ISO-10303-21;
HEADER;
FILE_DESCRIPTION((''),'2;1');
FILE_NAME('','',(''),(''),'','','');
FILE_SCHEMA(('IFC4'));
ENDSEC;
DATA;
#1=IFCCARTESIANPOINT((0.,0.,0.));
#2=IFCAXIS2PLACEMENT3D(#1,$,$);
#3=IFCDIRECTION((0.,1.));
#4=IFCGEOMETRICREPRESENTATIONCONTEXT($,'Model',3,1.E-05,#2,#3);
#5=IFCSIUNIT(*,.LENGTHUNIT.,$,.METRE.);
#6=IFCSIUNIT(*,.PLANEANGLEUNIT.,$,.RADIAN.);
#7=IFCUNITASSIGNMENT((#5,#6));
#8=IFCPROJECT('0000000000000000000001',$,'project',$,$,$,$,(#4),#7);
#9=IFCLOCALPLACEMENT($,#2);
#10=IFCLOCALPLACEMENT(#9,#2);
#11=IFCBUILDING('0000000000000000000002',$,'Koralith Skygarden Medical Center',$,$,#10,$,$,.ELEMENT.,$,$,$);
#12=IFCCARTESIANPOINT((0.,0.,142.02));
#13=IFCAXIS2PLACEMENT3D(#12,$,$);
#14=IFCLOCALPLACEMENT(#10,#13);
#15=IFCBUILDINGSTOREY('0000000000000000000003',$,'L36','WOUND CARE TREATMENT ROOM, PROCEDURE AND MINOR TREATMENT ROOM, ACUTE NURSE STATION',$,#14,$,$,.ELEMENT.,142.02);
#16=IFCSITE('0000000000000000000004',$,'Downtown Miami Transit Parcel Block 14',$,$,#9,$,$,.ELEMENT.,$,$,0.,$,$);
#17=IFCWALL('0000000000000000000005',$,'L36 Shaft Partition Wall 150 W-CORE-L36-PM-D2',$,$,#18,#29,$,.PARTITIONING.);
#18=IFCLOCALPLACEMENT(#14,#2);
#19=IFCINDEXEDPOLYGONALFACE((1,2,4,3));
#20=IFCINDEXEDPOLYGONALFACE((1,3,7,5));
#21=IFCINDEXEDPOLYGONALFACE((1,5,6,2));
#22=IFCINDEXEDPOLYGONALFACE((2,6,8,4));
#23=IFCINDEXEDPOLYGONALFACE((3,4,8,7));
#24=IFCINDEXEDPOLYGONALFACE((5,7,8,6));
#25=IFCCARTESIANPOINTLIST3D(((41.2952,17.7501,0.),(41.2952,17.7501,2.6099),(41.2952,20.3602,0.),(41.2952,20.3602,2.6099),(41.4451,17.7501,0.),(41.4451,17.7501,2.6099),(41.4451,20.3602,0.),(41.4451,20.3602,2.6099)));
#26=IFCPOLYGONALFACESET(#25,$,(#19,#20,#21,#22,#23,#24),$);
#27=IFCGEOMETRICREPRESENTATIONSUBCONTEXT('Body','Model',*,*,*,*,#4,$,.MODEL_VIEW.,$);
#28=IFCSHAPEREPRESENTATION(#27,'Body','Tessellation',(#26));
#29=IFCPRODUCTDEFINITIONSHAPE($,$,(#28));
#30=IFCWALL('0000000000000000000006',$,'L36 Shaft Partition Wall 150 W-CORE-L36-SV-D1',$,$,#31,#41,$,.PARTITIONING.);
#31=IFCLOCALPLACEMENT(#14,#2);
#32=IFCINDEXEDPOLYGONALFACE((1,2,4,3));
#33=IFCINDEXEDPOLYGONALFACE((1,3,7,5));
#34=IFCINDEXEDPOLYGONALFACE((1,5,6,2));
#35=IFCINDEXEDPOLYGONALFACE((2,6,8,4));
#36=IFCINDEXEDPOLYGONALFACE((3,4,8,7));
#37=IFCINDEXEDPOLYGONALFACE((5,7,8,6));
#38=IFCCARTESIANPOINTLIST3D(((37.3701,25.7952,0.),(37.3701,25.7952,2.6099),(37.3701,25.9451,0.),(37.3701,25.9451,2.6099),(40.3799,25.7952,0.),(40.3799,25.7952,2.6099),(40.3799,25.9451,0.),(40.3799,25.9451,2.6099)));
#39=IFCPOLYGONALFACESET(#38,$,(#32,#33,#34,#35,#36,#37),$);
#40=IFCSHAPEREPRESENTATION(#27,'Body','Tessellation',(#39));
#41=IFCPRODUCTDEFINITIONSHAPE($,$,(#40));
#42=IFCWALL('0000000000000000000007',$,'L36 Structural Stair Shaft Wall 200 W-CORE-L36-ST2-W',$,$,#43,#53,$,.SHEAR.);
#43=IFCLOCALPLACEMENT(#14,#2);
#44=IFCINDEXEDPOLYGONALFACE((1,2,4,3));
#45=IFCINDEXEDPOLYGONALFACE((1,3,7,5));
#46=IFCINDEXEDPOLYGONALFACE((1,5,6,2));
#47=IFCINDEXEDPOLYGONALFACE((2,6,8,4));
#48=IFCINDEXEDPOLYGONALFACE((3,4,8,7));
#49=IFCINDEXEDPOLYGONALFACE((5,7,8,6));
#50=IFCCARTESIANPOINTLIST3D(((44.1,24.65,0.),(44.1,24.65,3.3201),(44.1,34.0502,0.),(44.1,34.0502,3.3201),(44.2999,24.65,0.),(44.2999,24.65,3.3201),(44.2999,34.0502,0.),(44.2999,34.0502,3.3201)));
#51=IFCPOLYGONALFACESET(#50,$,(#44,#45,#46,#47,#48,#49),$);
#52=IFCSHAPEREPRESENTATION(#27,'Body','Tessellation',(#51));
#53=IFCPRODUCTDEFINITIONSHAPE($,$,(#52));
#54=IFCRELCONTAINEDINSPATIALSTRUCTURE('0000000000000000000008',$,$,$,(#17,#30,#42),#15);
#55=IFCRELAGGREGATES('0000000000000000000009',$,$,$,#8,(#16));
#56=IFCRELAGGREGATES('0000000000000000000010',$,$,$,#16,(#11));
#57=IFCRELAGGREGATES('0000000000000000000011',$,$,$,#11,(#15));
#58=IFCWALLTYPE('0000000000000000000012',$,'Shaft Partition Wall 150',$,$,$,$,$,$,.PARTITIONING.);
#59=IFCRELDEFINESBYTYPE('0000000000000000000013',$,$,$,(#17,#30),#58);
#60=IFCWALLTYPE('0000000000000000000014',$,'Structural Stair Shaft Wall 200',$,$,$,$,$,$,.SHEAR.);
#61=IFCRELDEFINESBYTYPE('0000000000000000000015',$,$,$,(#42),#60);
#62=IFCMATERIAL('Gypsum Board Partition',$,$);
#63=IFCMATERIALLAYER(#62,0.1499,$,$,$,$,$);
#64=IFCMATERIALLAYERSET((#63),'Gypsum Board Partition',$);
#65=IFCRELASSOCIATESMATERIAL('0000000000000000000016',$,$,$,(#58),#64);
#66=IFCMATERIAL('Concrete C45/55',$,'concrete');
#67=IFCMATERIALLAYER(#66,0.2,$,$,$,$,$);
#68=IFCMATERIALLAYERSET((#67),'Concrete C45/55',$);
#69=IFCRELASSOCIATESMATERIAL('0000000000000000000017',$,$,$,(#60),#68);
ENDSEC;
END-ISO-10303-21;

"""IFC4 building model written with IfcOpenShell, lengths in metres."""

from ifc_helpers import new_model, si_unit, direction, frame, frame_2d, origin, place, context, subcontext, project, spatial, rectangle, extrude, material, layer, layer_set, type_object, element, save


model = new_model("IFC4")

# Units and contexts
model_context = context("Model", 3, precision=1e-05, world=origin(), true_north=direction((0.0, 1.0)))
body_context = subcontext(model_context, "Body", "Model", "MODEL_VIEW")
ifc_project = project(units=[si_unit("LENGTHUNIT", "METRE"), si_unit("PLANEANGLEUNIT", "RADIAN")], contexts=[model_context])

# Site, building, storey
site_placement = place(None, origin())
site = spatial("IfcSite", under=ifc_project, at=site_placement, Name="Downtown Miami Transit Parcel Block 14", CompositionType="ELEMENT", RefElevation=0.0)
building_placement = place(site_placement, origin())
building = spatial("IfcBuilding", under=site, at=building_placement, Name="Koralith Skygarden Medical Center", CompositionType="ELEMENT")
storey_placement = place(building_placement, frame((0.0, 0.0, 142.02)))
storey = spatial("IfcBuildingStorey", under=building, at=storey_placement, Name="L36", Description="WOUND CARE TREATMENT ROOM, PROCEDURE AND MINOR TREATMENT ROOM, ACUTE NURSE STATION", CompositionType="ELEMENT", Elevation=142.02)

# Shared definitions
ifc_material_1 = material(Name="Concrete C45/55", Category="concrete")

# Shared definitions
ifc_material_2 = material(Name="Gypsum Board Partition")

# Walls
ifc_layer_1 = layer(ifc_material_2, 0.1499)
ifc_layer_set_1 = layer_set([ifc_layer_1], Name="Gypsum Board Partition")
wall_type_1 = type_object("IfcWallType", Name="Shaft Partition Wall 150", PredefinedType="PARTITIONING", material=ifc_layer_set_1)
for number, where, z_axis, x_axis, name in (
    (1, (41.3701, 17.75, 0.0), (0.0, 0.0, 1.0), (0.0, 1.0, 0.0), "L36 Shaft Partition Wall 150 W-CORE-L36-PM-D2"),
):
    element("IfcWall", number, at=place(storey_placement, frame(where, z_axis=z_axis, x_axis=x_axis)), inside=storey, type_object=wall_type_1, Name=name, PredefinedType="PARTITIONING", context=body_context, shape_type="SweptSolid", body=[
        extrude(rectangle(XDim=2.6101, YDim=0.1499, at=frame_2d((1.3052, 0.0))), origin(), (0.0, 0.0, 1.0), 2.6099),
    ])
wall_1_placement = place(storey_placement, frame((37.3701, 25.8701, 0.0), z_axis=(0.0, 0.0, 1.0), x_axis=(1.0, 0.0, 0.0)))
element("IfcWall", 2, at=wall_1_placement, inside=storey, type_object=wall_type_1, Name="L36 Shaft Partition Wall 150 W-CORE-L36-SV-D1", PredefinedType="PARTITIONING", context=body_context, shape_type="SweptSolid", body=[
    extrude(rectangle(XDim=3.0098, YDim=0.1499, at=frame_2d((1.5049, 0.0))), origin(), (0.0, 0.0, 1.0), 2.6099),
])
ifc_layer_2 = layer(ifc_material_1, 0.2)
ifc_layer_set_2 = layer_set([ifc_layer_2], Name="Concrete C45/55")
wall_type_2 = type_object("IfcWallType", Name="Structural Stair Shaft Wall 200", PredefinedType="SHEAR", material=ifc_layer_set_2)
wall_2_placement = place(storey_placement, frame((44.2, 24.6499, 0.0), z_axis=(0.0, 0.0, 1.0), x_axis=(0.0, 1.0, 0.0)))
element("IfcWall", 3, at=wall_2_placement, inside=storey, type_object=wall_type_2, Name="L36 Structural Stair Shaft Wall 200 W-CORE-L36-ST2-W", PredefinedType="SHEAR", context=body_context, shape_type="SweptSolid", body=[
    extrude(rectangle(XDim=9.4001, YDim=0.2, at=frame_2d((4.7002, 0.0))), origin(), (0.0, 0.0, 1.0), 3.3201),
])

save(model, "model.ifc")
